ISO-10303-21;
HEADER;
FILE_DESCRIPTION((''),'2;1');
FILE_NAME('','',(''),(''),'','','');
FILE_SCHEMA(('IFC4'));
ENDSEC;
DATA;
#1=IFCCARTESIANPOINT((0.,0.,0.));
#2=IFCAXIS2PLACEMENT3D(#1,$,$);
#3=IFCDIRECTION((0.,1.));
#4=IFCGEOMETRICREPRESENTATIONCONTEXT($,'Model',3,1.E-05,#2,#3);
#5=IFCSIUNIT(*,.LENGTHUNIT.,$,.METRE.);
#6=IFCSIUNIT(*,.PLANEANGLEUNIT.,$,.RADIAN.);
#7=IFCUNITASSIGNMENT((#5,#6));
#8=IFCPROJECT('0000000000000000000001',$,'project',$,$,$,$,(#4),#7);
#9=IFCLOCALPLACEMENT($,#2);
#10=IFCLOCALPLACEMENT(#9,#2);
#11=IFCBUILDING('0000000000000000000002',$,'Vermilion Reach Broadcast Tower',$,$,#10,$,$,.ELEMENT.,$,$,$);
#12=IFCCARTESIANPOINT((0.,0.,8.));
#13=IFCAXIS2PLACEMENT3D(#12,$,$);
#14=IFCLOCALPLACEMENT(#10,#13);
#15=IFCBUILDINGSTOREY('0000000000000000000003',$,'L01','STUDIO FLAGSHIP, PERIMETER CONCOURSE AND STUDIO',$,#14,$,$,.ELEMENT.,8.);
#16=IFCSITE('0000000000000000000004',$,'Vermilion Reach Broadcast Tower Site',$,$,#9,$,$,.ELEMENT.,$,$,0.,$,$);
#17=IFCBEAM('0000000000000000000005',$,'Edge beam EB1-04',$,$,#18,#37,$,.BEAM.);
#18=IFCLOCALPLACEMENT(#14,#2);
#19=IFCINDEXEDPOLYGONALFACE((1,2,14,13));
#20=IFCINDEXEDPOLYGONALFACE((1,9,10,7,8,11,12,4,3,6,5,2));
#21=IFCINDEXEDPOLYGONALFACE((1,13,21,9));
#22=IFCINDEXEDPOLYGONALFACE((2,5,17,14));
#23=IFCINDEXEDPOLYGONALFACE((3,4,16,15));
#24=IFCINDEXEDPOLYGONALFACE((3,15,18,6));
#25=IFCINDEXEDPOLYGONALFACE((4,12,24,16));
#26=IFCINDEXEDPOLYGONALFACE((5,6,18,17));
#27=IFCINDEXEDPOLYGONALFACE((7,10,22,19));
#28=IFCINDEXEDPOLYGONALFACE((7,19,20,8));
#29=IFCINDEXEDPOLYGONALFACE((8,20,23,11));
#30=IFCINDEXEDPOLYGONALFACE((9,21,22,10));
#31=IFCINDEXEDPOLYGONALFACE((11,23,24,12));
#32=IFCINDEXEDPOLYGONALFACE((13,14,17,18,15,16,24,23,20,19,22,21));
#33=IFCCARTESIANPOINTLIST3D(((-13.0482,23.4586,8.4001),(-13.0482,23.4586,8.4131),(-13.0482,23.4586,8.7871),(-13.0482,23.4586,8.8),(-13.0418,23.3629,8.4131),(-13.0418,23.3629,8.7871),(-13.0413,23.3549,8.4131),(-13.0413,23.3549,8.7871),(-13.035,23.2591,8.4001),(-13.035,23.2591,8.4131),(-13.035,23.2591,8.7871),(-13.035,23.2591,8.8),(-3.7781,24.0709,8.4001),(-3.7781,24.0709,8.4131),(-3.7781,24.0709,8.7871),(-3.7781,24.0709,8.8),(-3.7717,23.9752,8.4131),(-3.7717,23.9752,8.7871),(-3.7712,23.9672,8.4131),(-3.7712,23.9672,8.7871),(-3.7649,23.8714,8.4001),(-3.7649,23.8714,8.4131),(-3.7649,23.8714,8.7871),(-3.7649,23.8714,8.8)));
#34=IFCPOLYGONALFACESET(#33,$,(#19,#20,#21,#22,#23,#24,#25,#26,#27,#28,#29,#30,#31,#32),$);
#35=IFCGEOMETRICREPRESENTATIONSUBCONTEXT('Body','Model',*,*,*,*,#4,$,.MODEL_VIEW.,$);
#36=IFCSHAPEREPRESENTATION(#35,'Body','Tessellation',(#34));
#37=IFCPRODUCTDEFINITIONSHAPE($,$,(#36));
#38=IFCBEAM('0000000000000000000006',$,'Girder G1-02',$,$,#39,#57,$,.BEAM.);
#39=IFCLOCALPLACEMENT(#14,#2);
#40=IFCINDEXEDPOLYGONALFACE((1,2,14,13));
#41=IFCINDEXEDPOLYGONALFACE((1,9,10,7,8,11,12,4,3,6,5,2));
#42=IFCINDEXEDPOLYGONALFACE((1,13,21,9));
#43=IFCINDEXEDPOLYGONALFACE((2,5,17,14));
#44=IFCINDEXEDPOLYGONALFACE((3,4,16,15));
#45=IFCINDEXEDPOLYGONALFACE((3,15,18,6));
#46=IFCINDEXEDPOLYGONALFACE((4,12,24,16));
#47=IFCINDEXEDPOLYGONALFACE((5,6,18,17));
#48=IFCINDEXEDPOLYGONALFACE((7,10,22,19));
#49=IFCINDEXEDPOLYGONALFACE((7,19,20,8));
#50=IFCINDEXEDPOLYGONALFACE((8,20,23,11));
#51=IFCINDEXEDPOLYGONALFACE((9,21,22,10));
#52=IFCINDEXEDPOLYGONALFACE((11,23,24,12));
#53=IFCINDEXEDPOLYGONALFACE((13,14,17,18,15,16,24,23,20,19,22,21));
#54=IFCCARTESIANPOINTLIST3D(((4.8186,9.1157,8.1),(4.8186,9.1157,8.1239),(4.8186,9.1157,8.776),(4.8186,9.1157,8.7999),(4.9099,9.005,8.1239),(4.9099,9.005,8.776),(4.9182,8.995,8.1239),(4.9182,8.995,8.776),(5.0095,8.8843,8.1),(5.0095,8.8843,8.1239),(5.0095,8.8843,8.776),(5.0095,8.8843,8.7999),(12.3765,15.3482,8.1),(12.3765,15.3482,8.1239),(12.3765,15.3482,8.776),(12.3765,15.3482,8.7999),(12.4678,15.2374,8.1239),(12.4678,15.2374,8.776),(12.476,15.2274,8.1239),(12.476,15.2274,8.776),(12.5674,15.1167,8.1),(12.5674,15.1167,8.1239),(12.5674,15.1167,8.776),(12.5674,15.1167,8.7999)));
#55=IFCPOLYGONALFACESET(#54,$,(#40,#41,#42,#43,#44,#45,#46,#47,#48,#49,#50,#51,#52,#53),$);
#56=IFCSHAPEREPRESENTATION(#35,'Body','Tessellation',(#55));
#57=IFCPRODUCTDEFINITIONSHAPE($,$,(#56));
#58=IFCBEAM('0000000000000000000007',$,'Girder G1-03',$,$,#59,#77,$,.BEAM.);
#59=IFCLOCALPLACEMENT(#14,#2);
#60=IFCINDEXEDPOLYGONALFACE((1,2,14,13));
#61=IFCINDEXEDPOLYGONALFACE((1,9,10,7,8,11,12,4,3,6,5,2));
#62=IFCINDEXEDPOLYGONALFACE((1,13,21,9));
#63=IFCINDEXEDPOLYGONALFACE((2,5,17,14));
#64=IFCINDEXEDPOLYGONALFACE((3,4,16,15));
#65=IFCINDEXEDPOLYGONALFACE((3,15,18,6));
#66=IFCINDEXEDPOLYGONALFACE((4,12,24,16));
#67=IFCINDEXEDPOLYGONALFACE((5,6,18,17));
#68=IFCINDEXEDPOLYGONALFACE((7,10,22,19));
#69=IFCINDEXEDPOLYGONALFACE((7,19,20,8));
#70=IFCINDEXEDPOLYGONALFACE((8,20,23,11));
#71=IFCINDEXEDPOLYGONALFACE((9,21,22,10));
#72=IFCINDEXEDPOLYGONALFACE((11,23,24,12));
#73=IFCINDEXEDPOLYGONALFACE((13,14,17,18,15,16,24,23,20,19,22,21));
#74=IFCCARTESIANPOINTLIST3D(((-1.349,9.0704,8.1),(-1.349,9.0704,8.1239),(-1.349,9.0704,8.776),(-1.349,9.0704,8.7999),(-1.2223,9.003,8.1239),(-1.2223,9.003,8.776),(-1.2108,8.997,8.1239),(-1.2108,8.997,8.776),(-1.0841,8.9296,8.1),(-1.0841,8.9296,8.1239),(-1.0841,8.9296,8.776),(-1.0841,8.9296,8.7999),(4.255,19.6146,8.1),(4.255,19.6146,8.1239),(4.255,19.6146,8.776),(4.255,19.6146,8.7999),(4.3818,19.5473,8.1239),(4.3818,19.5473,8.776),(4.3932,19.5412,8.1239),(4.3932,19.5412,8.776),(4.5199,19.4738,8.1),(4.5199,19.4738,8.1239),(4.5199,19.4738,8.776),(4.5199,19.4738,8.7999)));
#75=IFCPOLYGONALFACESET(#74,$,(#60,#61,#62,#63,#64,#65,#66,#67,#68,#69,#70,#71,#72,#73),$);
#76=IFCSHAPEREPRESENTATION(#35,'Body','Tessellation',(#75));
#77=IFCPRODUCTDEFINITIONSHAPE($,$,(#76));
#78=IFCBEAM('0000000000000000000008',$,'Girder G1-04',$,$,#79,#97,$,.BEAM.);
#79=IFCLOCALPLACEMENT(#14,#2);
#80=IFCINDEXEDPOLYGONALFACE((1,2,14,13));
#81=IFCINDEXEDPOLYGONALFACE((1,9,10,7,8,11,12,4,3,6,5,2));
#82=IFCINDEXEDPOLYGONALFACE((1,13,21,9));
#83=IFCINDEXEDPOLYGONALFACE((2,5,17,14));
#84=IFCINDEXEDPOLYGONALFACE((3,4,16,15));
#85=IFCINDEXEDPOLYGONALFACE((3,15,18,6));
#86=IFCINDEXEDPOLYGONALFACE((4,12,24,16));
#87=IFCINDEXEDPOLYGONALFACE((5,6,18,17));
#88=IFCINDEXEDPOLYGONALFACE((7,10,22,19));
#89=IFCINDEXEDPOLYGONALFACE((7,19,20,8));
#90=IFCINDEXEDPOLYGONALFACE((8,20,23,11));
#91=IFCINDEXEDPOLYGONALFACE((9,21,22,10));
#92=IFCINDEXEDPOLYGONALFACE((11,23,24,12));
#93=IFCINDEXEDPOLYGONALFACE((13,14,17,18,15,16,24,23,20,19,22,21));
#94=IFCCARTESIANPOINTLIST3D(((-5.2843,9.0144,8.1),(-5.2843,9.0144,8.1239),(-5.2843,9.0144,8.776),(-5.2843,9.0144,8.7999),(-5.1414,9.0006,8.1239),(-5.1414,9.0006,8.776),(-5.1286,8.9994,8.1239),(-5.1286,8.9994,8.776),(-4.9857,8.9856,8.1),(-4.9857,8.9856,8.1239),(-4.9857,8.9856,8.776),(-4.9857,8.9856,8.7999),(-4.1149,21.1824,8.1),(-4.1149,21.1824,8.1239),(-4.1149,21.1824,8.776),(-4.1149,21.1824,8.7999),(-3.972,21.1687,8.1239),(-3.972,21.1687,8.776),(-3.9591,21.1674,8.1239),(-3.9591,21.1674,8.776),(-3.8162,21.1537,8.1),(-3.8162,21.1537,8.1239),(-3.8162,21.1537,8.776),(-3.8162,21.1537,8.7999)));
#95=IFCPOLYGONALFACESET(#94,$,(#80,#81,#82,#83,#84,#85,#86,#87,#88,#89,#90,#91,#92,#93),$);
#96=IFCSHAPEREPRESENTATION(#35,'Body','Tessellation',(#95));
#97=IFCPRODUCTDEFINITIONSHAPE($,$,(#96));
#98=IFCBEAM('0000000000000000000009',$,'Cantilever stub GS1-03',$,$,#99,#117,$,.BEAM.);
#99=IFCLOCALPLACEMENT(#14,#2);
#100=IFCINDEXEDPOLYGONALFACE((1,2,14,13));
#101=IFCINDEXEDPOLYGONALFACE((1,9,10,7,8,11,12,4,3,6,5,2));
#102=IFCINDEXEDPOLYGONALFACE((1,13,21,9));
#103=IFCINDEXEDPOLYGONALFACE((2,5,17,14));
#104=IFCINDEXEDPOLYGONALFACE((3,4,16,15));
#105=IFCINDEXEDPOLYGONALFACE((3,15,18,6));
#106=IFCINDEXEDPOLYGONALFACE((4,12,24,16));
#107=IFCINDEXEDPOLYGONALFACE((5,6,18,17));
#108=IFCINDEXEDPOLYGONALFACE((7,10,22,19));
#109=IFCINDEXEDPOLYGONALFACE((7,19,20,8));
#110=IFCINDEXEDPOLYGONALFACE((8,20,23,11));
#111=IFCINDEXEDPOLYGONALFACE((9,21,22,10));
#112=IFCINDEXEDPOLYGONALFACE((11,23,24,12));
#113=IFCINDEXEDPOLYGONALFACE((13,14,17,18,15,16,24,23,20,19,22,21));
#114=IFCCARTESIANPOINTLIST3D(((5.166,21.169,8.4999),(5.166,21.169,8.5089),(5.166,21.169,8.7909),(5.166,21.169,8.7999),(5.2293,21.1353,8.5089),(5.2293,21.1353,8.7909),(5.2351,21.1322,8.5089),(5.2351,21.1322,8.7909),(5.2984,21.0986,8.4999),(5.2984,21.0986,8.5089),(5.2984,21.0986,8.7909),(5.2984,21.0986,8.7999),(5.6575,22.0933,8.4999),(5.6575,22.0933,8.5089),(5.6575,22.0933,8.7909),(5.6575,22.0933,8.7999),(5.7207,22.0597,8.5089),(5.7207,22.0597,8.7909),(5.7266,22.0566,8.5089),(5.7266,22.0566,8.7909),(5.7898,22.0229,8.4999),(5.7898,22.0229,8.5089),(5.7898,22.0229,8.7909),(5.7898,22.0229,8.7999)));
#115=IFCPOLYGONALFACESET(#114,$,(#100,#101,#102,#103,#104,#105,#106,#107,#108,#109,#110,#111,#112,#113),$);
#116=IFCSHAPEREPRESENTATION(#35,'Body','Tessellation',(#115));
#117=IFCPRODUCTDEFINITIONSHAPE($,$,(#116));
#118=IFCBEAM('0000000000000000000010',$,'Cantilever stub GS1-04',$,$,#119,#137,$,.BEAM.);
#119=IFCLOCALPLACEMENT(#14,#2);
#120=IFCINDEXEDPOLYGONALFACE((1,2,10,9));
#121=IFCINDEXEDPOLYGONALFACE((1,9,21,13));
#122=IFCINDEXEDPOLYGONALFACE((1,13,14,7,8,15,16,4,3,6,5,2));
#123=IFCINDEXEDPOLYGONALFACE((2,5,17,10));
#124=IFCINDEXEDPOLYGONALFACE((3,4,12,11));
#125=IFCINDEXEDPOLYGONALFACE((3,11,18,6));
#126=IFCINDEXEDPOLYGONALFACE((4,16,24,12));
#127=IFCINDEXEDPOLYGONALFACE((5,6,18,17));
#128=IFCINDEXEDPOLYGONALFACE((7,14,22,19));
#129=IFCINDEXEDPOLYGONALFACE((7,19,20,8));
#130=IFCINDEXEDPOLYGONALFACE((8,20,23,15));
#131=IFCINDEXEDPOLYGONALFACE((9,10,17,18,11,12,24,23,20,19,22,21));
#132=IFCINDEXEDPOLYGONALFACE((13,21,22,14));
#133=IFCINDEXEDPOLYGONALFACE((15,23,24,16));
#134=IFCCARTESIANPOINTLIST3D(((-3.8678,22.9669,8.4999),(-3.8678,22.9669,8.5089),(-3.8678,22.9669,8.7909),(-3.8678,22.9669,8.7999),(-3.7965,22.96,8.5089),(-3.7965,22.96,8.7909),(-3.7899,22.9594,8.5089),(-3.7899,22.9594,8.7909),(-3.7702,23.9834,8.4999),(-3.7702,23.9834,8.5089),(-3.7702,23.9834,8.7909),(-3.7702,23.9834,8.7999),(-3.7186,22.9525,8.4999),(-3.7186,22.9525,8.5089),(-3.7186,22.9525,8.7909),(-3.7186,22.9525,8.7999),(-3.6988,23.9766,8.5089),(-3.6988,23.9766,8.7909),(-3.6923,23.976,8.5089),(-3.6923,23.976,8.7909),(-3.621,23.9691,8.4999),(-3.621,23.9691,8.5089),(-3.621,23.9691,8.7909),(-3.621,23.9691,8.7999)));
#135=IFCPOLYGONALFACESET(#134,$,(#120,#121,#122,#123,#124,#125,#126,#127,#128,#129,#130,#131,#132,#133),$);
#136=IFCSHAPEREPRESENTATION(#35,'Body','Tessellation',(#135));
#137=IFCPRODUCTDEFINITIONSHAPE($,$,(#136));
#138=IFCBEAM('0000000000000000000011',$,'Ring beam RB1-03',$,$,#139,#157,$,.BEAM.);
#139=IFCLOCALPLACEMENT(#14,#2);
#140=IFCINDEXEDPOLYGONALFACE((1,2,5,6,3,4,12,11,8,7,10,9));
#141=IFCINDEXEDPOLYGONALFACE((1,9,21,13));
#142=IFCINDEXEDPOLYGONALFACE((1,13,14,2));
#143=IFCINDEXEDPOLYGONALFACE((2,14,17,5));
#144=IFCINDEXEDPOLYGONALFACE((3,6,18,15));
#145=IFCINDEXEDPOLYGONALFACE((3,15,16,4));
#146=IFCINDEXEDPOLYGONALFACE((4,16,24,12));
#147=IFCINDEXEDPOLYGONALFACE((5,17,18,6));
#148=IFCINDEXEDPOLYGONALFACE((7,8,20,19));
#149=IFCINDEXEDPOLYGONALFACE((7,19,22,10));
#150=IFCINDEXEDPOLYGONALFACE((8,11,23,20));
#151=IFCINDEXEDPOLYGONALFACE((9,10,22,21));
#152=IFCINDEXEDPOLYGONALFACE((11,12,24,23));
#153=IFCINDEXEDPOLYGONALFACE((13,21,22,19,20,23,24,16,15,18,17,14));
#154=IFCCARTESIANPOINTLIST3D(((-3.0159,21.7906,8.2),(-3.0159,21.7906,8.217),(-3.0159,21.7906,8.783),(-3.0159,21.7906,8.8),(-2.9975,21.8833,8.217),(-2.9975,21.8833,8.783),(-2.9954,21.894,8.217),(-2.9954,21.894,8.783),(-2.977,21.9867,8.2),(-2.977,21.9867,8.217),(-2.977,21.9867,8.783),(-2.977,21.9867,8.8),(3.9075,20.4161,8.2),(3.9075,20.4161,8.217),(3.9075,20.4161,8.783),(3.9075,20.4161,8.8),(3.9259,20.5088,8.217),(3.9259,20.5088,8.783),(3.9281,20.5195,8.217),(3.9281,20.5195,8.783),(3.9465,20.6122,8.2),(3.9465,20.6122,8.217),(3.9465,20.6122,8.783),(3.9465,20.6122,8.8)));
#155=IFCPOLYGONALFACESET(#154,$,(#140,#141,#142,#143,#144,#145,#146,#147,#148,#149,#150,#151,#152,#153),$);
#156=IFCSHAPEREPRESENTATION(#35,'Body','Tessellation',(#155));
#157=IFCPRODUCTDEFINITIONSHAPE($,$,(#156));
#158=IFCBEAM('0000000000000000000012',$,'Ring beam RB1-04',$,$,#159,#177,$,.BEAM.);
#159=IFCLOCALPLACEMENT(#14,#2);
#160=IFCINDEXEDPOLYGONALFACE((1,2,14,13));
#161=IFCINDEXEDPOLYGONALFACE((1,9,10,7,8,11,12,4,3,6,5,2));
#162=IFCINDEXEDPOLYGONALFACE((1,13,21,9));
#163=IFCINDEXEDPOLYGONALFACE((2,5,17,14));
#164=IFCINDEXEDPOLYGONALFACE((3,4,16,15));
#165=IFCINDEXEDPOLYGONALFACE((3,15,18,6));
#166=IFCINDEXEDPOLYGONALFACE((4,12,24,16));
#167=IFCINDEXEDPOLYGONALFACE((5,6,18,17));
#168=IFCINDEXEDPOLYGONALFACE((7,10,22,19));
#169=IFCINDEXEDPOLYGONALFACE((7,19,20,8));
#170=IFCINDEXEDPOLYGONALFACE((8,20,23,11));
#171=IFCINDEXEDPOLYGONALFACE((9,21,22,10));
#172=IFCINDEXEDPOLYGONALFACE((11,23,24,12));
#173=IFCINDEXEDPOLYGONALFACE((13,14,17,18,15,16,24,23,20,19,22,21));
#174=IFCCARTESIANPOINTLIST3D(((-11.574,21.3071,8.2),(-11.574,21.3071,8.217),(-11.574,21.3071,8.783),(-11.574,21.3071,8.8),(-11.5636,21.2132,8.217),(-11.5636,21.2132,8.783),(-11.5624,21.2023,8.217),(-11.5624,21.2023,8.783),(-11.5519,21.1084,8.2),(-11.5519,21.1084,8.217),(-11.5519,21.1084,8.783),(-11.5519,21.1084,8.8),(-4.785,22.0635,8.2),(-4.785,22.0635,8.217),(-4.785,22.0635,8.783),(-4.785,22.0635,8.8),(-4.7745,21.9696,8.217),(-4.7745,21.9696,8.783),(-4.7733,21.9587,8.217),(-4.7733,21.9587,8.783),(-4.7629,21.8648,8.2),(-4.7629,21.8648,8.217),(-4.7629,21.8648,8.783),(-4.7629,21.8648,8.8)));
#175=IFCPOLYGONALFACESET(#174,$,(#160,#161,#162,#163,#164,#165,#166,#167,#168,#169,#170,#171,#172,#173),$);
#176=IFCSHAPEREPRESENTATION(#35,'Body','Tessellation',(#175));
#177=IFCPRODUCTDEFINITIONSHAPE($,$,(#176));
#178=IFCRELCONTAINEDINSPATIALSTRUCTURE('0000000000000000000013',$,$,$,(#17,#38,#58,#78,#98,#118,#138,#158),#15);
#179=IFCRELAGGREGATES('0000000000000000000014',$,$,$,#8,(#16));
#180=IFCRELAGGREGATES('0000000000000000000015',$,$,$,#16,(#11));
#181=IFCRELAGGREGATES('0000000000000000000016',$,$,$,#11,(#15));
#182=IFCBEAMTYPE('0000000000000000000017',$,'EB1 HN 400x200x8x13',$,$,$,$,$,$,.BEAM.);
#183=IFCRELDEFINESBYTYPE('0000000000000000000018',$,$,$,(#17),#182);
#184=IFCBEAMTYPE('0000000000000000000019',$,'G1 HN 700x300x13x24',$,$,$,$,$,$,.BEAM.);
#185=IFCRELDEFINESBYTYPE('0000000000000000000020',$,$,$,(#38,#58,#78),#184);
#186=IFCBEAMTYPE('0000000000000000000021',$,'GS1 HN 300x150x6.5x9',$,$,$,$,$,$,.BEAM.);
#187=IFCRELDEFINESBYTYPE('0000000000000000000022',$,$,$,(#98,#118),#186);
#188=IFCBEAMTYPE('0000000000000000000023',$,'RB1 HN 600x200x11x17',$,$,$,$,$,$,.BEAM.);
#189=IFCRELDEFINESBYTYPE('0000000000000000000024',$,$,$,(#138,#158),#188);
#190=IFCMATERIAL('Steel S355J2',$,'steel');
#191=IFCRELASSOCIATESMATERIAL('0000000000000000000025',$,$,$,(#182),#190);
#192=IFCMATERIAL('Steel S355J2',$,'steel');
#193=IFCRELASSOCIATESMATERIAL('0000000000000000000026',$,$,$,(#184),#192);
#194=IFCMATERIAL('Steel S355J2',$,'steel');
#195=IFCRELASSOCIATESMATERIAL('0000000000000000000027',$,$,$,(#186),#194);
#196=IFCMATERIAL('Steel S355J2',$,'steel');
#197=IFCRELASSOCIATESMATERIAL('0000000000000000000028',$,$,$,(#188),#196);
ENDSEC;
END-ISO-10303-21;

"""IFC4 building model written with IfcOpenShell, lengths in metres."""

from ifc_helpers import new_model, si_unit, direction, frame, origin, origin_2d, place, context, subcontext, project, spatial, i_section, extrude, material, material_profile, profile_set, type_object, element, save


model = new_model("IFC4")

# Units and contexts
model_context = context("Model", 3, precision=1e-05, world=origin(), true_north=direction((0.0, 1.0)))
body_context = subcontext(model_context, "Body", "Model", "MODEL_VIEW")
ifc_project = project(units=[si_unit("LENGTHUNIT", "METRE"), si_unit("PLANEANGLEUNIT", "RADIAN")], contexts=[model_context])

# Site, building, storey
site_placement = place(None, origin())
site = spatial("IfcSite", under=ifc_project, at=site_placement, Name="Vermilion Reach Broadcast Tower Site", CompositionType="ELEMENT", RefElevation=0.0)
building_placement = place(site_placement, origin())
building = spatial("IfcBuilding", under=site, at=building_placement, Name="Vermilion Reach Broadcast Tower", CompositionType="ELEMENT")
storey_placement = place(building_placement, frame((0.0, 0.0, 8.0)))
storey = spatial("IfcBuildingStorey", under=building, at=storey_placement, Name="L01", Description="STUDIO FLAGSHIP, PERIMETER CONCOURSE AND STUDIO", CompositionType="ELEMENT", Elevation=8.0)

# Beams
ifc_material_1 = material(Name="Steel S355J2", Category="steel")
ifc_material_profile_1 = material_profile(ifc_material_1, i_section(OverallWidth=0.2, OverallDepth=0.3999, WebThickness=0.0081, FlangeThickness=0.0129, at=origin_2d()), Name="S355J2 HN 400x200x8x13")
ifc_profile_set_1 = profile_set([ifc_material_profile_1], Name="Steel S355J2")
beam_type_1 = type_object("IfcBeamType", Name="EB1 HN 400x200x8x13", PredefinedType="BEAM", material=ifc_profile_set_1)
beam_1_placement = place(storey_placement, frame((-3.7715, 23.9712, 8.6001), z_axis=(-0.997826, -0.065909, 0.0), x_axis=(0.065909, -0.997826, 0.0)))
element("IfcBeam", 1, at=beam_1_placement, inside=storey, type_object=beam_type_1, Name="Edge beam EB1-04", PredefinedType="BEAM", context=body_context, shape_type="SweptSolid", body=[
    extrude(i_section(OverallWidth=0.2, OverallDepth=0.3999, WebThickness=0.0081, FlangeThickness=0.0129, at=origin_2d()), origin(), (0.0, 0.0, 1.0), 9.2903),
])
ifc_material_2 = material(Name="Steel S355J2", Category="steel")
ifc_material_profile_2 = material_profile(ifc_material_2, i_section(OverallWidth=0.3, OverallDepth=0.7, WebThickness=0.0129, FlangeThickness=0.0239, at=origin_2d()), Name="S355J2 HN 700x300x13x24")
ifc_profile_set_2 = profile_set([ifc_material_profile_2], Name="Steel S355J2")
beam_type_2 = type_object("IfcBeamType", Name="G1 HN 700x300x13x24", PredefinedType="BEAM", material=ifc_profile_set_2)
beam_2_placement = place(storey_placement, frame((4.9141, 9.0, 8.45), z_axis=(0.771514, 0.636212, 0.0), x_axis=(-0.636212, 0.771514, 0.0)))
element("IfcBeam", 2, at=beam_2_placement, inside=storey, type_object=beam_type_2, Name="Girder G1-02", PredefinedType="BEAM", context=body_context, shape_type="SweptSolid", body=[
    extrude(i_section(OverallWidth=0.3, OverallDepth=0.7, WebThickness=0.0129, FlangeThickness=0.0239, at=origin_2d()), origin(), (0.0, 0.0, 1.0), 9.7961),
])
beam_3_placement = place(storey_placement, frame((-1.2166, 9.0, 8.45), z_axis=(0.469312, 0.883032, 0.0), x_axis=(-0.883032, 0.469312, 0.0)))
element("IfcBeam", 3, at=beam_3_placement, inside=storey, type_object=beam_type_2, Name="Girder G1-03", PredefinedType="BEAM", context=body_context, shape_type="SweptSolid", body=[
    extrude(i_section(OverallWidth=0.3, OverallDepth=0.7, WebThickness=0.0129, FlangeThickness=0.0239, at=origin_2d()), origin(), (0.0, 0.0, 1.0), 11.9409),
])
beam_4_placement = place(storey_placement, frame((-5.135, 9.0, 8.45), z_axis=(0.095667, 0.995413, 0.0), x_axis=(-0.995413, 0.095667, 0.0)))
element("IfcBeam", 4, at=beam_4_placement, inside=storey, type_object=beam_type_2, Name="Girder G1-04", PredefinedType="BEAM", context=body_context, shape_type="SweptSolid", body=[
    extrude(i_section(OverallWidth=0.3, OverallDepth=0.7, WebThickness=0.0129, FlangeThickness=0.0239, at=origin_2d()), origin(), (0.0, 0.0, 1.0), 12.2241),
])
ifc_material_3 = material(Name="Steel S355J2", Category="steel")
ifc_material_profile_3 = material_profile(ifc_material_3, i_section(OverallWidth=0.1499, OverallDepth=0.3, WebThickness=0.0066, FlangeThickness=0.009, at=origin_2d()), Name="S355J2 HN 300x150x6.5x9")
ifc_profile_set_3 = profile_set([ifc_material_profile_3], Name="Steel S355J2")
beam_type_3 = type_object("IfcBeamType", Name="GS1 HN 300x150x6.5x9", PredefinedType="BEAM", material=ifc_profile_set_3)
beam_5_placement = place(storey_placement, frame((5.2322, 21.1338, 8.6499), z_axis=(0.469462, 0.882953, 0.0), x_axis=(-0.882953, 0.469462, 0.0)))
element("IfcBeam", 5, at=beam_5_placement, inside=storey, type_object=beam_type_3, Name="Cantilever stub GS1-03", PredefinedType="BEAM", context=body_context, shape_type="SweptSolid", body=[
    extrude(i_section(OverallWidth=0.1499, OverallDepth=0.3, WebThickness=0.0066, FlangeThickness=0.009, at=origin_2d()), origin(), (0.0, 0.0, 1.0), 1.0469),
])
beam_6_placement = place(storey_placement, frame((-3.7932, 22.9597, 8.6499), z_axis=(0.095621, 0.995418, 0.0), x_axis=(-0.995418, 0.095621, 0.0)))
element("IfcBeam", 6, at=beam_6_placement, inside=storey, type_object=beam_type_3, Name="Cantilever stub GS1-04", PredefinedType="BEAM", context=body_context, shape_type="SweptSolid", body=[
    extrude(i_section(OverallWidth=0.1499, OverallDepth=0.3, WebThickness=0.0066, FlangeThickness=0.009, at=origin_2d()), origin(), (0.0, 0.0, 1.0), 1.0212),
])
ifc_material_4 = material(Name="Steel S355J2", Category="steel")
ifc_material_profile_4 = material_profile(ifc_material_4, i_section(OverallWidth=0.2, OverallDepth=0.6001, WebThickness=0.011, FlangeThickness=0.0171, at=origin_2d()), Name="S355J2 HN 600x200x11x17")
ifc_profile_set_4 = profile_set([ifc_material_profile_4], Name="Steel S355J2")
beam_type_4 = type_object("IfcBeamType", Name="RB1 HN 600x200x11x17", PredefinedType="BEAM", material=ifc_profile_set_4)
beam_7_placement = place(storey_placement, frame((3.927, 20.5142, 8.5), z_axis=(-0.980858, 0.194726, 0.0), x_axis=(-0.194726, -0.980858, 0.0)))
element("IfcBeam", 7, at=beam_7_placement, inside=storey, type_object=beam_type_4, Name="Ring beam RB1-03", PredefinedType="BEAM", context=body_context, shape_type="SweptSolid", body=[
    extrude(i_section(OverallWidth=0.2, OverallDepth=0.6001, WebThickness=0.011, FlangeThickness=0.0171, at=origin_2d()), origin(), (0.0, 0.0, 1.0), 7.0586),
])
beam_8_placement = place(storey_placement, frame((-4.7739, 21.9641, 8.5), z_axis=(-0.993851, -0.110722, 0.0), x_axis=(0.110722, -0.993851, 0.0)))
element("IfcBeam", 8, at=beam_8_placement, inside=storey, type_object=beam_type_4, Name="Ring beam RB1-04", PredefinedType="BEAM", context=body_context, shape_type="SweptSolid", body=[
    extrude(i_section(OverallWidth=0.2, OverallDepth=0.6001, WebThickness=0.011, FlangeThickness=0.0171, at=origin_2d()), origin(), (0.0, 0.0, 1.0), 6.8311),
])

save(model, "model.ifc")
